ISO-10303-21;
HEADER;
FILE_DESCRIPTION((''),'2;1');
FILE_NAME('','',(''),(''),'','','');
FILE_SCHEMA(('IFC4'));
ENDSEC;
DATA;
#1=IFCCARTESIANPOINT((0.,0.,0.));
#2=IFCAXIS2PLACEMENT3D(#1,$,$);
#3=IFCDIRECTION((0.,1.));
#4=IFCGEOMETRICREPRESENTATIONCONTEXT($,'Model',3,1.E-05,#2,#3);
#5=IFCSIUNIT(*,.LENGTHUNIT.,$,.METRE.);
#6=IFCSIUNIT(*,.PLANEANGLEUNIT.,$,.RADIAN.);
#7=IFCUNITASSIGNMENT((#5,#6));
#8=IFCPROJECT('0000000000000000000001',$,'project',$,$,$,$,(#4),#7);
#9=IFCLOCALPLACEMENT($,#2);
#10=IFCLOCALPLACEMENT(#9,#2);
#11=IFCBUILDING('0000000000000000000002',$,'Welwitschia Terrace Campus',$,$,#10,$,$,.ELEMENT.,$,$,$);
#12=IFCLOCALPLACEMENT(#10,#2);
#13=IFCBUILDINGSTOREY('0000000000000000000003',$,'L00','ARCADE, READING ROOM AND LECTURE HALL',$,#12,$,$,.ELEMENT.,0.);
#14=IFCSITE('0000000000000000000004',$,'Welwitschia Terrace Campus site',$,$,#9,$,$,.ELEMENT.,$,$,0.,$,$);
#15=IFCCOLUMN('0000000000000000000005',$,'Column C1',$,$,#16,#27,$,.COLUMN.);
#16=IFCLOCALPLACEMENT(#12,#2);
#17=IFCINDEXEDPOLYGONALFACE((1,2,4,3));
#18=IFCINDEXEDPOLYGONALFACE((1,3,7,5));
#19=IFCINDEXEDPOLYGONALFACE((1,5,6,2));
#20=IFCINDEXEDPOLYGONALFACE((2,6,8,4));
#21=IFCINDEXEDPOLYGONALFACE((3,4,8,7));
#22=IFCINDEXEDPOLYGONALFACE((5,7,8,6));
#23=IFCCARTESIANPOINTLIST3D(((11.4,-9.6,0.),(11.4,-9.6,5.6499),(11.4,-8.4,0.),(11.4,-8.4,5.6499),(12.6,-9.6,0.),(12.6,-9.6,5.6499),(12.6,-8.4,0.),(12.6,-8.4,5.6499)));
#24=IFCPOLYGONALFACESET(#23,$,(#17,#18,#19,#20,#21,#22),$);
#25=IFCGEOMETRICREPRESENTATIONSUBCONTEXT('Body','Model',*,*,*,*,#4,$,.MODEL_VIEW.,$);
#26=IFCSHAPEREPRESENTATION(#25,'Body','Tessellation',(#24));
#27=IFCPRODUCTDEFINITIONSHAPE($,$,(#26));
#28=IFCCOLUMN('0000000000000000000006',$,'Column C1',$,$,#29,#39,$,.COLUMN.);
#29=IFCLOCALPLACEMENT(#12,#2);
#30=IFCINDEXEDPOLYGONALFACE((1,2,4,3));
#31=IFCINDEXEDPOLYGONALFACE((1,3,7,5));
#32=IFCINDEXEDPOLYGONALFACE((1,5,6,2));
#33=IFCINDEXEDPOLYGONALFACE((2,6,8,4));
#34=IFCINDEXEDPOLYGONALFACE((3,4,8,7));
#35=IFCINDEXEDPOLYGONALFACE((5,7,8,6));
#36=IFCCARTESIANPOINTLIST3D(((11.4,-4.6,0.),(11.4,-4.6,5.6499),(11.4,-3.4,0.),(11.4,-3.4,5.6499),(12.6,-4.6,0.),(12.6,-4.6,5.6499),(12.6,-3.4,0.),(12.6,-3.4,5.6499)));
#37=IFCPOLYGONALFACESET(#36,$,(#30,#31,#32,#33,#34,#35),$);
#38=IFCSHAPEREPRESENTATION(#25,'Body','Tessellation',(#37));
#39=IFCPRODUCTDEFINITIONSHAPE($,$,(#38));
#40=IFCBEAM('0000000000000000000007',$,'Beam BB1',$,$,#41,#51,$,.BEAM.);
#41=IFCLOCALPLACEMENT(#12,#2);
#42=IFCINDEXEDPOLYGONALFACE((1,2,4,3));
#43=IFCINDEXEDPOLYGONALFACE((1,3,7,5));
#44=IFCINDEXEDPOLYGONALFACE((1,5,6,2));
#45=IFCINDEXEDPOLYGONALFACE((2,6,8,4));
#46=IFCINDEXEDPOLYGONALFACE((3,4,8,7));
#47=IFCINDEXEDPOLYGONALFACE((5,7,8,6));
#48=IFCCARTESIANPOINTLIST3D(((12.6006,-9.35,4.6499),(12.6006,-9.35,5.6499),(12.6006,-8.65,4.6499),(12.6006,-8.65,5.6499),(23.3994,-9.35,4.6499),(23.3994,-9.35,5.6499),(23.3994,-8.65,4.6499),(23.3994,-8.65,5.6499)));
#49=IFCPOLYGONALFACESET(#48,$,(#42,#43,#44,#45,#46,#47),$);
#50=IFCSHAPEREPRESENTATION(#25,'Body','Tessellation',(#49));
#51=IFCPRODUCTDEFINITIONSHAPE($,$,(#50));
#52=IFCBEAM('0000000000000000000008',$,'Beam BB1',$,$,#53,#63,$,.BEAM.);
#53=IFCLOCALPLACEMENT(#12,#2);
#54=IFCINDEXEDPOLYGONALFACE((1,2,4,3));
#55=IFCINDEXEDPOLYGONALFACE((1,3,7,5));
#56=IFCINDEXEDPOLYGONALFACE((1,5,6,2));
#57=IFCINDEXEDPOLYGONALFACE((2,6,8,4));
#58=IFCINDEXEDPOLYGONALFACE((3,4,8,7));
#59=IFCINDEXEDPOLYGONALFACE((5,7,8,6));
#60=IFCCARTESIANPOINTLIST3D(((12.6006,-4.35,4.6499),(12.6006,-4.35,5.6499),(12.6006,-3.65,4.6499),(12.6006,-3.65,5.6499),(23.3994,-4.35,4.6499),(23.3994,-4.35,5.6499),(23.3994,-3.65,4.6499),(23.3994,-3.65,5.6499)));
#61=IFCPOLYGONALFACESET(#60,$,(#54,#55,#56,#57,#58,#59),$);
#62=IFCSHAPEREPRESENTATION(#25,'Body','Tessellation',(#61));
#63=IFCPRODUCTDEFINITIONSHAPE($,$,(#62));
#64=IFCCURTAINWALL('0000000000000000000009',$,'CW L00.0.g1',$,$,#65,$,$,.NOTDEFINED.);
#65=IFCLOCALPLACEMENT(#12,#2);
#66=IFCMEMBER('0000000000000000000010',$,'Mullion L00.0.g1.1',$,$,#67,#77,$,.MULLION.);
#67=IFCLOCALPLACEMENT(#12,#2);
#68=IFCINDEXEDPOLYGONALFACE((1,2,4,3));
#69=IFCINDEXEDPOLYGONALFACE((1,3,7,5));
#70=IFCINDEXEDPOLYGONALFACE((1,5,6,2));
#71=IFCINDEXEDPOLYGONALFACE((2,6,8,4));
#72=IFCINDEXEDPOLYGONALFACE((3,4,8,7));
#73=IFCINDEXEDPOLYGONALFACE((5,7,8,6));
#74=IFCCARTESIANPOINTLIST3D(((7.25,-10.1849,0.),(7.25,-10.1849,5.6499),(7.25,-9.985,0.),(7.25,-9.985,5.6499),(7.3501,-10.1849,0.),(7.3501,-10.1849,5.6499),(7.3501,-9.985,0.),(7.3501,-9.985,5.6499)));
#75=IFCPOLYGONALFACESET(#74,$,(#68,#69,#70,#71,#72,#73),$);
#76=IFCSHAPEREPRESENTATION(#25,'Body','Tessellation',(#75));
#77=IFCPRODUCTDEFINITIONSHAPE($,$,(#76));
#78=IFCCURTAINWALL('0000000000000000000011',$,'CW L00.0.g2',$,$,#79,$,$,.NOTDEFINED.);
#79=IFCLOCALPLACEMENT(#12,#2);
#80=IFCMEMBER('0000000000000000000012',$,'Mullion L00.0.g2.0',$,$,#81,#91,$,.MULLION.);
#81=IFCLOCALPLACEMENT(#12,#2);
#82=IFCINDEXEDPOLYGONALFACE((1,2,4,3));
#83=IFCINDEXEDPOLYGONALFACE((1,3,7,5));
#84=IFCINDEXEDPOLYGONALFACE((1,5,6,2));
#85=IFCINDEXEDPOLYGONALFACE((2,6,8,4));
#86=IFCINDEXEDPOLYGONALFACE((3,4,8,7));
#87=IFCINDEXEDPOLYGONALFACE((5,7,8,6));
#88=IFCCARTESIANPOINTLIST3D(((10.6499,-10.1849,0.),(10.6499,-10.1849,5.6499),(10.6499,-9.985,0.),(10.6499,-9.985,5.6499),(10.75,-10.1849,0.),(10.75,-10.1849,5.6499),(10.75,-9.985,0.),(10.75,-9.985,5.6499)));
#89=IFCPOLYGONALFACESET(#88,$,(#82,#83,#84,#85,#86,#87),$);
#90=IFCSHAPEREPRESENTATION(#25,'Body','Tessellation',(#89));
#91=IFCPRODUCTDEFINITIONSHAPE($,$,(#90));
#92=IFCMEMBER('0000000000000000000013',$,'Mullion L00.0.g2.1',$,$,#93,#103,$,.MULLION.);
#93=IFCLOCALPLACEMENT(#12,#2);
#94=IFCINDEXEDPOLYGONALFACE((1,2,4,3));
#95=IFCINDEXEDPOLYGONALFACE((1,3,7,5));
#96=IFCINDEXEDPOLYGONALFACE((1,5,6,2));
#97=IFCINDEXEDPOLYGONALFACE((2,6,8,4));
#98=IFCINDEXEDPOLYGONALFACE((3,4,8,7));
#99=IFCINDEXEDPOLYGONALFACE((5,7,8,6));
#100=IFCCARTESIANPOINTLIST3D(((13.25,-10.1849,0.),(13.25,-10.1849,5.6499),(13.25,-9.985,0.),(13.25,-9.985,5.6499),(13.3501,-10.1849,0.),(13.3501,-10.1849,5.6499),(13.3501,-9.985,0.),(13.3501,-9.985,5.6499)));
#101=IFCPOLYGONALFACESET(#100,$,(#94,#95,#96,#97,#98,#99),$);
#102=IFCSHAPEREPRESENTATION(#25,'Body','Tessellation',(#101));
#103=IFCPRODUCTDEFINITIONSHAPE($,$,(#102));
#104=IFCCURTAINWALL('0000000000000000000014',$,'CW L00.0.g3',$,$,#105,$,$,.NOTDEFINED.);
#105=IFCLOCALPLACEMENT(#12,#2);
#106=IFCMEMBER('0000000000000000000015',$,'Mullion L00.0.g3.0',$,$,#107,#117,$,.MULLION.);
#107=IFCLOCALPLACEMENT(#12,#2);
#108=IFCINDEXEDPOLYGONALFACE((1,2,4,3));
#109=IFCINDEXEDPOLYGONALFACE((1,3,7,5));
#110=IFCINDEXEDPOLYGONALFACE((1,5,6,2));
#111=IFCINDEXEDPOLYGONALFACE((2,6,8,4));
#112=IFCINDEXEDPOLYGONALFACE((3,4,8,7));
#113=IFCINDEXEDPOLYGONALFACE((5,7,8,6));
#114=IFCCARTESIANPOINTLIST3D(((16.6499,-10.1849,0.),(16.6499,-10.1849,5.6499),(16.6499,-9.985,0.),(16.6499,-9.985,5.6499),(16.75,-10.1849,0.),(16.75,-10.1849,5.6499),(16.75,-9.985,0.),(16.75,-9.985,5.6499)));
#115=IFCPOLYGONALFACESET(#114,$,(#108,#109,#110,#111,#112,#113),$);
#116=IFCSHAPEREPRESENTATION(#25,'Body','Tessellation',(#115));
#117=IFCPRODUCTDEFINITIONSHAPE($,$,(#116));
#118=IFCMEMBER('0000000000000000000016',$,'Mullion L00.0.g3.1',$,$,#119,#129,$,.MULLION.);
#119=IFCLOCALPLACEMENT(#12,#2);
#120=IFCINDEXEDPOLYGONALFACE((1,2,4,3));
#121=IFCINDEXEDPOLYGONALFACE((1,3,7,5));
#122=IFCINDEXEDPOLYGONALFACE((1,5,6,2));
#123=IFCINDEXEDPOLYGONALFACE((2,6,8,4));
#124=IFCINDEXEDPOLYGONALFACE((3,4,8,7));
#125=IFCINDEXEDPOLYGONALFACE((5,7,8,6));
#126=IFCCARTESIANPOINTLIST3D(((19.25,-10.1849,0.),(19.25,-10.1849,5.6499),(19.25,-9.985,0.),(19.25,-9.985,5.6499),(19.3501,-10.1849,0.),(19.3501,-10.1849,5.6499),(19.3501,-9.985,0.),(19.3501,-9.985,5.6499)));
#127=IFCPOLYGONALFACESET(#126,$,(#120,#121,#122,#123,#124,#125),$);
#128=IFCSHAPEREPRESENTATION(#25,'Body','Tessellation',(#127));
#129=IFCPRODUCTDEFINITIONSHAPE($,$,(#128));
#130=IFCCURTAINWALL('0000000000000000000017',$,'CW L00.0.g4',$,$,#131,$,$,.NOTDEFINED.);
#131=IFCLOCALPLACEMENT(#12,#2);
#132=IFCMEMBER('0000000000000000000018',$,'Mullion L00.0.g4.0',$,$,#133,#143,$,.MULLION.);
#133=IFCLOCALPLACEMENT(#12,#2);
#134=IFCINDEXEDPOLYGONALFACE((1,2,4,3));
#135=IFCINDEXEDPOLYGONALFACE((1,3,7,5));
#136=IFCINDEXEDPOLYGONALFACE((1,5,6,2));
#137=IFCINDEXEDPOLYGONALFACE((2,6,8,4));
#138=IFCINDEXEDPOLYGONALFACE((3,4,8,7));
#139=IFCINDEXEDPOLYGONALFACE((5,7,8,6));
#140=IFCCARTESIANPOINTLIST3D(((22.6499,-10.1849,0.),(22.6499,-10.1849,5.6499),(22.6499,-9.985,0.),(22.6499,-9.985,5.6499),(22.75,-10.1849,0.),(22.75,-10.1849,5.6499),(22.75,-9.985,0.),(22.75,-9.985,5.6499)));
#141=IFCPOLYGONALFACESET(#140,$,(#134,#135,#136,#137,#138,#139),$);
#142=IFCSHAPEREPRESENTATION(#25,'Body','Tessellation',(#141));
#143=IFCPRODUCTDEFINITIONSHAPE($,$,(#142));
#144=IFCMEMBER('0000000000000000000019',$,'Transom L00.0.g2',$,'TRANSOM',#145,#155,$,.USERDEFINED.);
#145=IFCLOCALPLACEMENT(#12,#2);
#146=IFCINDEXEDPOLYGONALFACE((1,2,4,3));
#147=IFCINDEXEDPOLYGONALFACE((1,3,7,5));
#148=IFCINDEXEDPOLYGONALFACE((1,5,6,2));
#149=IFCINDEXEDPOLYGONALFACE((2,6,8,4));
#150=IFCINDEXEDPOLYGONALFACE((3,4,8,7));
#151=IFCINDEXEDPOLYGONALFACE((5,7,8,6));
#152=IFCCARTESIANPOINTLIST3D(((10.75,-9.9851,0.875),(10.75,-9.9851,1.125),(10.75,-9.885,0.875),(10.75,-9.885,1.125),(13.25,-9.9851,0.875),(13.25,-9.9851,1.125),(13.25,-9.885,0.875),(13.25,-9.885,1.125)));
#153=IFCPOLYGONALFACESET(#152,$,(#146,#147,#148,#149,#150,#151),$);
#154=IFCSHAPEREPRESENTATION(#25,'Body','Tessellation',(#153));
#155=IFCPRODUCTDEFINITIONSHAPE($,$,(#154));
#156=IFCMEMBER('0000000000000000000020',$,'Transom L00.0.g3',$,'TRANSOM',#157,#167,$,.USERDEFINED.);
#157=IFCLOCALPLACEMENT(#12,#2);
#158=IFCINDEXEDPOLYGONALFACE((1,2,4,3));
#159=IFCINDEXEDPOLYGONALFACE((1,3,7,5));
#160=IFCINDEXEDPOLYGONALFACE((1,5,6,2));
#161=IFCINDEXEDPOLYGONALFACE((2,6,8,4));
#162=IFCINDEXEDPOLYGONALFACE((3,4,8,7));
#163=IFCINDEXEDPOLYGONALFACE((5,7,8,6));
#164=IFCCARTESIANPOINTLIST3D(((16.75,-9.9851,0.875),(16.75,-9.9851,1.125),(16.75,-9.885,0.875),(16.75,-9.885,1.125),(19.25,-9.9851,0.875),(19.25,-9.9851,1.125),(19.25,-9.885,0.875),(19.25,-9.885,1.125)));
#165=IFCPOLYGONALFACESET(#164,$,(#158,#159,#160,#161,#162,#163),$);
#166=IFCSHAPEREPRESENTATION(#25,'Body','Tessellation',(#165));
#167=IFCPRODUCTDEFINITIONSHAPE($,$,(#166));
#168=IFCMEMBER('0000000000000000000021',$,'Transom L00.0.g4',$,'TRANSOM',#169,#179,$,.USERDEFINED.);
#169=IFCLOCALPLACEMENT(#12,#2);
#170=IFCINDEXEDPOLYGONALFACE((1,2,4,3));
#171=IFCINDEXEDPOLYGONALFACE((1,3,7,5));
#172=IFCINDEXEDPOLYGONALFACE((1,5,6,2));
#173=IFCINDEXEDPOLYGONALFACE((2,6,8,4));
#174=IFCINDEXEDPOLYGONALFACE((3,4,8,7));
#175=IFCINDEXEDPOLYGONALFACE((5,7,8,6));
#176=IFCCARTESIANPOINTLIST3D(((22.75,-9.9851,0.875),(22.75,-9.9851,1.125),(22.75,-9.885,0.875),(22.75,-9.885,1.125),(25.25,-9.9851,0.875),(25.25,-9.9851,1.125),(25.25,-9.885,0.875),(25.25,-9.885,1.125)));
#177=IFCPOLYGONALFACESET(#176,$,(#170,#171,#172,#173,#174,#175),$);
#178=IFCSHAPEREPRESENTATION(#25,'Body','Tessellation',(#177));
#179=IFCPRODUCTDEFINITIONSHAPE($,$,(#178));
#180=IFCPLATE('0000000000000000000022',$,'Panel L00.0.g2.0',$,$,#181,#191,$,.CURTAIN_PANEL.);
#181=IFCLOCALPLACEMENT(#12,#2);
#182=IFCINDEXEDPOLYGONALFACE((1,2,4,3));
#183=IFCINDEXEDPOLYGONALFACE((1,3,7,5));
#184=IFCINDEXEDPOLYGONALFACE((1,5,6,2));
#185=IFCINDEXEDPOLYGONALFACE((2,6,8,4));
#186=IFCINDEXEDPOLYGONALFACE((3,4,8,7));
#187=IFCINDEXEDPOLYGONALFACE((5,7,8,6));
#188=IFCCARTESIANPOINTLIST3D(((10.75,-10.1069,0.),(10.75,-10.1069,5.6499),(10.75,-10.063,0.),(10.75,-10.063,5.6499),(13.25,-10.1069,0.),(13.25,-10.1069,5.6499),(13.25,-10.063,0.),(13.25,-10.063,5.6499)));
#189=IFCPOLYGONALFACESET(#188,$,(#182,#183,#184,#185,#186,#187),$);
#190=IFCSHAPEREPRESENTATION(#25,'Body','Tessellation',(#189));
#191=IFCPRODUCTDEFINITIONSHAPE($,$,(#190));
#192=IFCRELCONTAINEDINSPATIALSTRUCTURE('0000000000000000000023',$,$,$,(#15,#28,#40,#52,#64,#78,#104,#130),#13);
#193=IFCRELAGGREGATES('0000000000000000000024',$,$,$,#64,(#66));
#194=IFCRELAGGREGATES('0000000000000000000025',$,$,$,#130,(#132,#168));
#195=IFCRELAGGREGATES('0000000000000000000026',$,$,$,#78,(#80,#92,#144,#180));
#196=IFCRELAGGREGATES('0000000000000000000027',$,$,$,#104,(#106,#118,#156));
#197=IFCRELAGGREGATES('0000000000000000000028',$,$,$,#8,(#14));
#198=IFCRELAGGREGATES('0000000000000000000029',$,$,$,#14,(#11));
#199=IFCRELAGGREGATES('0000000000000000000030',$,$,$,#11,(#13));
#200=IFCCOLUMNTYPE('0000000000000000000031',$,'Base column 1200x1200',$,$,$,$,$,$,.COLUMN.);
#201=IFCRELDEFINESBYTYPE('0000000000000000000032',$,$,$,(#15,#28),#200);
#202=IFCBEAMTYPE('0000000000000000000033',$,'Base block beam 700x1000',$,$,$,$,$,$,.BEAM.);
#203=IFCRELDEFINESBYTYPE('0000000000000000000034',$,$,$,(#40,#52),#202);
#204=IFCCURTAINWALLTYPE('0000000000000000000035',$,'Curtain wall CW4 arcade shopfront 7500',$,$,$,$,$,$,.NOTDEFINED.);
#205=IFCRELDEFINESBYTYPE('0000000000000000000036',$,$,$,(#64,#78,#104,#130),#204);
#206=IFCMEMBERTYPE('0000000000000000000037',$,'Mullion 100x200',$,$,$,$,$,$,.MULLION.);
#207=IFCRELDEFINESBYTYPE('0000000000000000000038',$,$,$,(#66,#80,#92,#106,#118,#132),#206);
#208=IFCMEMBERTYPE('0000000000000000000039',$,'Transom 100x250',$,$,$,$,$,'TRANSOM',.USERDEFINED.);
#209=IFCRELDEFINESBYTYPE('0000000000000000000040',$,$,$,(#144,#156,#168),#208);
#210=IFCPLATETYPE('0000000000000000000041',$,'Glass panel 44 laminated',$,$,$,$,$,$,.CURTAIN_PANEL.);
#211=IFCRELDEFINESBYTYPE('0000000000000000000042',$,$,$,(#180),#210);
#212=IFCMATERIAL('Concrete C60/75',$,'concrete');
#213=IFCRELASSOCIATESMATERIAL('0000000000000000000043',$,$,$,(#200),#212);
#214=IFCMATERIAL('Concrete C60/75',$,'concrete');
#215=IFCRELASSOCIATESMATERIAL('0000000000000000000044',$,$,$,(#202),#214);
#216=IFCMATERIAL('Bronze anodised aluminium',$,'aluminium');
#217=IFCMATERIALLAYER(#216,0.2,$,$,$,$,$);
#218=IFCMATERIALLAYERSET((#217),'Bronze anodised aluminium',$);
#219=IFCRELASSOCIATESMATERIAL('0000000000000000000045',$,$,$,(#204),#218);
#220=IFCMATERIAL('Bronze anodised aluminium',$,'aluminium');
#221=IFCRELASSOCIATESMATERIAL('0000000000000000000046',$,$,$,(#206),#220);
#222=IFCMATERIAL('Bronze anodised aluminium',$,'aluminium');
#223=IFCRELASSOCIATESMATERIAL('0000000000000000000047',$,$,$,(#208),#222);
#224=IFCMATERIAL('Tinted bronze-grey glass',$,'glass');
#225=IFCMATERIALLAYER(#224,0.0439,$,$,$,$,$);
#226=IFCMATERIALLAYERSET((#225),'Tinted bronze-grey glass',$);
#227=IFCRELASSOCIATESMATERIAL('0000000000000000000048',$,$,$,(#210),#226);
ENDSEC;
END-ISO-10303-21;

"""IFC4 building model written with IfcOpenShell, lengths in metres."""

from ifc_helpers import new_model, si_unit, direction, frame, origin, origin_2d, place, context, subcontext, project, spatial, rectangle, extrude, material, layer, layer_set, material_profile, profile_set, type_object, element, aggregate, save


model = new_model("IFC4")

# Units and contexts
model_context = context("Model", 3, precision=1e-05, world=origin(), true_north=direction((0.0, 1.0)))
body_context = subcontext(model_context, "Body", "Model", "MODEL_VIEW")
ifc_project = project(units=[si_unit("LENGTHUNIT", "METRE"), si_unit("PLANEANGLEUNIT", "RADIAN")], contexts=[model_context])

# Site, building, storey
site_placement = place(None, origin())
site = spatial("IfcSite", under=ifc_project, at=site_placement, Name="Welwitschia Terrace Campus site", CompositionType="ELEMENT", RefElevation=0.0)
building_placement = place(site_placement, origin())
building = spatial("IfcBuilding", under=site, at=building_placement, Name="Welwitschia Terrace Campus", CompositionType="ELEMENT")
storey_placement = place(building_placement, origin())
storey = spatial("IfcBuildingStorey", under=building, at=storey_placement, Name="L00", Description="ARCADE, READING ROOM AND LECTURE HALL", CompositionType="ELEMENT", Elevation=0.0)

# Columns
ifc_material_1 = material(Name="Concrete C60/75", Category="concrete")
ifc_material_profile_1 = material_profile(ifc_material_1, rectangle(XDim=1.2, YDim=1.2, at=origin_2d()))
ifc_profile_set_1 = profile_set([ifc_material_profile_1], Name="Concrete C60/75")
column_type = type_object("IfcColumnType", Name="Base column 1200x1200", PredefinedType="COLUMN", material=ifc_profile_set_1)
for number, where, z_axis, x_axis, name in (
    (1, (12.0, -9.0, 0.0), (0.0, 0.0, 1.0), (1.0, 0.0, 0.0), "Column C1"),
    (2, (12.0, -4.0, 0.0), (0.0, 0.0, 1.0), (1.0, 0.0, 0.0), "Column C1"),
):
    element("IfcColumn", number, at=place(storey_placement, frame(where, z_axis=z_axis, x_axis=x_axis)), inside=storey, type_object=column_type, Name=name, PredefinedType="COLUMN", context=body_context, shape_type="SweptSolid", body=[
        extrude(rectangle(XDim=1.2, YDim=1.2, at=origin_2d()), origin(), (0.0, 0.0, 1.0), 5.6499),
    ])

# Beams
ifc_material_2 = material(Name="Concrete C60/75", Category="concrete")
ifc_material_profile_2 = material_profile(ifc_material_2, rectangle(XDim=0.7, YDim=1.0, at=origin_2d()))
ifc_profile_set_2 = profile_set([ifc_material_profile_2], Name="Concrete C60/75")
beam_type = type_object("IfcBeamType", Name="Base block beam 700x1000", PredefinedType="BEAM", material=ifc_profile_set_2)
for number, where, z_axis, x_axis, name in (
    (3, (12.6006, -9.0, 5.1499), (1.0, 0.0, 0.0), (0.0, 1.0, 0.0), "Beam BB1"),
    (4, (12.6006, -4.0, 5.1499), (1.0, 0.0, 0.0), (0.0, 1.0, 0.0), "Beam BB1"),
):
    element("IfcBeam", number, at=place(storey_placement, frame(where, z_axis=z_axis, x_axis=x_axis)), inside=storey, type_object=beam_type, Name=name, PredefinedType="BEAM", context=body_context, shape_type="SweptSolid", body=[
        extrude(rectangle(XDim=0.7, YDim=1.0, at=origin_2d()), origin(), (0.0, 0.0, 1.0), 10.7988),
    ])

# Curtain wall, member
ifc_material_3 = material(Name="Bronze anodised aluminium", Category="aluminium")
ifc_layer_1 = layer(ifc_material_3, 0.2)
ifc_layer_set_1 = layer_set([ifc_layer_1], Name="Bronze anodised aluminium")
curtain_wall_type = type_object("IfcCurtainWallType", Name="Curtain wall CW4 arcade shopfront 7500", PredefinedType="NOTDEFINED", material=ifc_layer_set_1)
curtain_wall_1_placement = place(storey_placement, origin())
curtain_wall_1 = element("IfcCurtainWall", 5, at=curtain_wall_1_placement, inside=storey, type_object=curtain_wall_type, Name="CW L00.0.g1", PredefinedType="NOTDEFINED")
ifc_material_4 = material(Name="Bronze anodised aluminium", Category="aluminium")
ifc_material_profile_3 = material_profile(ifc_material_4, rectangle(XDim=0.2, YDim=0.1001, at=origin_2d()))
ifc_profile_set_3 = profile_set([ifc_material_profile_3], Name="Bronze anodised aluminium")
member_type_1 = type_object("IfcMemberType", Name="Mullion 100x200", PredefinedType="MULLION", material=ifc_profile_set_3)
member_1_placement = place(storey_placement, frame((7.3, -10.085, 0.0), z_axis=(0.0, 0.0, 1.0), x_axis=(0.0, 1.0, 0.0)))
member_1 = element("IfcMember", 6, at=member_1_placement, type_object=member_type_1, Name="Mullion L00.0.g1.1", PredefinedType="MULLION", context=body_context, shape_type="SweptSolid", body=[
    extrude(rectangle(XDim=0.2, YDim=0.1001, at=origin_2d()), origin(), (0.0, 0.0, 1.0), 5.6499),
])
aggregate(curtain_wall_1, [member_1])

# Curtain walls, members
curtain_wall_2_placement = place(storey_placement, origin())
curtain_wall_2 = element("IfcCurtainWall", 7, at=curtain_wall_2_placement, inside=storey, type_object=curtain_wall_type, Name="CW L00.0.g2", PredefinedType="NOTDEFINED")
member_2_placement = place(storey_placement, frame((10.7, -10.085, 0.0), z_axis=(0.0, 0.0, 1.0), x_axis=(0.0, 1.0, 0.0)))
member_2 = element("IfcMember", 8, at=member_2_placement, type_object=member_type_1, Name="Mullion L00.0.g2.0", PredefinedType="MULLION", context=body_context, shape_type="SweptSolid", body=[
    extrude(rectangle(XDim=0.2, YDim=0.1001, at=origin_2d()), origin(), (0.0, 0.0, 1.0), 5.6499),
])
member_3_placement = place(storey_placement, frame((13.3, -10.085, 0.0), z_axis=(0.0, 0.0, 1.0), x_axis=(0.0, 1.0, 0.0)))
member_3 = element("IfcMember", 9, at=member_3_placement, type_object=member_type_1, Name="Mullion L00.0.g2.1", PredefinedType="MULLION", context=body_context, shape_type="SweptSolid", body=[
    extrude(rectangle(XDim=0.2, YDim=0.1001, at=origin_2d()), origin(), (0.0, 0.0, 1.0), 5.6499),
])
curtain_wall_3_placement = place(storey_placement, origin())
curtain_wall_3 = element("IfcCurtainWall", 10, at=curtain_wall_3_placement, inside=storey, type_object=curtain_wall_type, Name="CW L00.0.g3", PredefinedType="NOTDEFINED")
member_4_placement = place(storey_placement, frame((16.7, -10.085, 0.0), z_axis=(0.0, 0.0, 1.0), x_axis=(0.0, 1.0, 0.0)))
member_4 = element("IfcMember", 11, at=member_4_placement, type_object=member_type_1, Name="Mullion L00.0.g3.0", PredefinedType="MULLION", context=body_context, shape_type="SweptSolid", body=[
    extrude(rectangle(XDim=0.2, YDim=0.1001, at=origin_2d()), origin(), (0.0, 0.0, 1.0), 5.6499),
])
member_5_placement = place(storey_placement, frame((19.3, -10.085, 0.0), z_axis=(0.0, 0.0, 1.0), x_axis=(0.0, 1.0, 0.0)))
member_5 = element("IfcMember", 12, at=member_5_placement, type_object=member_type_1, Name="Mullion L00.0.g3.1", PredefinedType="MULLION", context=body_context, shape_type="SweptSolid", body=[
    extrude(rectangle(XDim=0.2, YDim=0.1001, at=origin_2d()), origin(), (0.0, 0.0, 1.0), 5.6499),
])

# Curtain wall, member
curtain_wall_4_placement = place(storey_placement, origin())
curtain_wall_4 = element("IfcCurtainWall", 13, at=curtain_wall_4_placement, inside=storey, type_object=curtain_wall_type, Name="CW L00.0.g4", PredefinedType="NOTDEFINED")
member_6_placement = place(storey_placement, frame((22.7, -10.085, 0.0), z_axis=(0.0, 0.0, 1.0), x_axis=(0.0, 1.0, 0.0)))
member_6 = element("IfcMember", 14, at=member_6_placement, type_object=member_type_1, Name="Mullion L00.0.g4.0", PredefinedType="MULLION", context=body_context, shape_type="SweptSolid", body=[
    extrude(rectangle(XDim=0.2, YDim=0.1001, at=origin_2d()), origin(), (0.0, 0.0, 1.0), 5.6499),
])

# Members
ifc_material_5 = material(Name="Bronze anodised aluminium", Category="aluminium")
ifc_material_profile_4 = material_profile(ifc_material_5, rectangle(XDim=0.1001, YDim=0.25, at=origin_2d()))
ifc_profile_set_4 = profile_set([ifc_material_profile_4], Name="Bronze anodised aluminium")
member_type_2 = type_object("IfcMemberType", Name="Transom 100x250", ElementType="TRANSOM", PredefinedType="USERDEFINED", material=ifc_profile_set_4)
member_7_placement = place(storey_placement, frame((10.75, -9.9351, 1.0), z_axis=(1.0, 0.0, 0.0), x_axis=(0.0, 1.0, 0.0)))
member_7 = element("IfcMember", 15, at=member_7_placement, type_object=member_type_2, Name="Transom L00.0.g2", ObjectType="TRANSOM", PredefinedType="USERDEFINED", context=body_context, shape_type="SweptSolid", body=[
    extrude(rectangle(XDim=0.1001, YDim=0.25, at=origin_2d()), origin(), (0.0, 0.0, 1.0), 2.5),
])
member_8_placement = place(storey_placement, frame((16.75, -9.9351, 1.0), z_axis=(1.0, 0.0, 0.0), x_axis=(0.0, 1.0, 0.0)))
member_8 = element("IfcMember", 16, at=member_8_placement, type_object=member_type_2, Name="Transom L00.0.g3", ObjectType="TRANSOM", PredefinedType="USERDEFINED", context=body_context, shape_type="SweptSolid", body=[
    extrude(rectangle(XDim=0.1001, YDim=0.25, at=origin_2d()), origin(), (0.0, 0.0, 1.0), 2.5),
])
member_9_placement = place(storey_placement, frame((22.75, -9.9351, 1.0), z_axis=(1.0, 0.0, 0.0), x_axis=(0.0, 1.0, 0.0)))
member_9 = element("IfcMember", 17, at=member_9_placement, type_object=member_type_2, Name="Transom L00.0.g4", ObjectType="TRANSOM", PredefinedType="USERDEFINED", context=body_context, shape_type="SweptSolid", body=[
    extrude(rectangle(XDim=0.1001, YDim=0.25, at=origin_2d()), origin(), (0.0, 0.0, 1.0), 2.5),
])
aggregate(curtain_wall_4, [member_6, member_9])

# Plate
ifc_material_6 = material(Name="Tinted bronze-grey glass", Category="glass")
ifc_layer_2 = layer(ifc_material_6, 0.0439)
ifc_layer_set_2 = layer_set([ifc_layer_2], Name="Tinted bronze-grey glass")
plate_type = type_object("IfcPlateType", Name="Glass panel 44 laminated", PredefinedType="CURTAIN_PANEL", material=ifc_layer_set_2)
plate_1_placement = place(storey_placement, frame((12.0, -10.085, 0.0), z_axis=(0.0, 0.0, 1.0), x_axis=(1.0, 0.0, 0.0)))
plate_1 = element("IfcPlate", 18, at=plate_1_placement, type_object=plate_type, Name="Panel L00.0.g2.0", PredefinedType="CURTAIN_PANEL", context=body_context, shape_type="SweptSolid", body=[
    extrude(rectangle(XDim=2.5, YDim=0.0439, at=origin_2d()), origin(), (0.0, 0.0, 1.0), 5.6499),
])
aggregate(curtain_wall_2, [member_2, member_3, member_7, plate_1])
aggregate(curtain_wall_3, [member_4, member_5, member_8])

save(model, "model.ifc")
